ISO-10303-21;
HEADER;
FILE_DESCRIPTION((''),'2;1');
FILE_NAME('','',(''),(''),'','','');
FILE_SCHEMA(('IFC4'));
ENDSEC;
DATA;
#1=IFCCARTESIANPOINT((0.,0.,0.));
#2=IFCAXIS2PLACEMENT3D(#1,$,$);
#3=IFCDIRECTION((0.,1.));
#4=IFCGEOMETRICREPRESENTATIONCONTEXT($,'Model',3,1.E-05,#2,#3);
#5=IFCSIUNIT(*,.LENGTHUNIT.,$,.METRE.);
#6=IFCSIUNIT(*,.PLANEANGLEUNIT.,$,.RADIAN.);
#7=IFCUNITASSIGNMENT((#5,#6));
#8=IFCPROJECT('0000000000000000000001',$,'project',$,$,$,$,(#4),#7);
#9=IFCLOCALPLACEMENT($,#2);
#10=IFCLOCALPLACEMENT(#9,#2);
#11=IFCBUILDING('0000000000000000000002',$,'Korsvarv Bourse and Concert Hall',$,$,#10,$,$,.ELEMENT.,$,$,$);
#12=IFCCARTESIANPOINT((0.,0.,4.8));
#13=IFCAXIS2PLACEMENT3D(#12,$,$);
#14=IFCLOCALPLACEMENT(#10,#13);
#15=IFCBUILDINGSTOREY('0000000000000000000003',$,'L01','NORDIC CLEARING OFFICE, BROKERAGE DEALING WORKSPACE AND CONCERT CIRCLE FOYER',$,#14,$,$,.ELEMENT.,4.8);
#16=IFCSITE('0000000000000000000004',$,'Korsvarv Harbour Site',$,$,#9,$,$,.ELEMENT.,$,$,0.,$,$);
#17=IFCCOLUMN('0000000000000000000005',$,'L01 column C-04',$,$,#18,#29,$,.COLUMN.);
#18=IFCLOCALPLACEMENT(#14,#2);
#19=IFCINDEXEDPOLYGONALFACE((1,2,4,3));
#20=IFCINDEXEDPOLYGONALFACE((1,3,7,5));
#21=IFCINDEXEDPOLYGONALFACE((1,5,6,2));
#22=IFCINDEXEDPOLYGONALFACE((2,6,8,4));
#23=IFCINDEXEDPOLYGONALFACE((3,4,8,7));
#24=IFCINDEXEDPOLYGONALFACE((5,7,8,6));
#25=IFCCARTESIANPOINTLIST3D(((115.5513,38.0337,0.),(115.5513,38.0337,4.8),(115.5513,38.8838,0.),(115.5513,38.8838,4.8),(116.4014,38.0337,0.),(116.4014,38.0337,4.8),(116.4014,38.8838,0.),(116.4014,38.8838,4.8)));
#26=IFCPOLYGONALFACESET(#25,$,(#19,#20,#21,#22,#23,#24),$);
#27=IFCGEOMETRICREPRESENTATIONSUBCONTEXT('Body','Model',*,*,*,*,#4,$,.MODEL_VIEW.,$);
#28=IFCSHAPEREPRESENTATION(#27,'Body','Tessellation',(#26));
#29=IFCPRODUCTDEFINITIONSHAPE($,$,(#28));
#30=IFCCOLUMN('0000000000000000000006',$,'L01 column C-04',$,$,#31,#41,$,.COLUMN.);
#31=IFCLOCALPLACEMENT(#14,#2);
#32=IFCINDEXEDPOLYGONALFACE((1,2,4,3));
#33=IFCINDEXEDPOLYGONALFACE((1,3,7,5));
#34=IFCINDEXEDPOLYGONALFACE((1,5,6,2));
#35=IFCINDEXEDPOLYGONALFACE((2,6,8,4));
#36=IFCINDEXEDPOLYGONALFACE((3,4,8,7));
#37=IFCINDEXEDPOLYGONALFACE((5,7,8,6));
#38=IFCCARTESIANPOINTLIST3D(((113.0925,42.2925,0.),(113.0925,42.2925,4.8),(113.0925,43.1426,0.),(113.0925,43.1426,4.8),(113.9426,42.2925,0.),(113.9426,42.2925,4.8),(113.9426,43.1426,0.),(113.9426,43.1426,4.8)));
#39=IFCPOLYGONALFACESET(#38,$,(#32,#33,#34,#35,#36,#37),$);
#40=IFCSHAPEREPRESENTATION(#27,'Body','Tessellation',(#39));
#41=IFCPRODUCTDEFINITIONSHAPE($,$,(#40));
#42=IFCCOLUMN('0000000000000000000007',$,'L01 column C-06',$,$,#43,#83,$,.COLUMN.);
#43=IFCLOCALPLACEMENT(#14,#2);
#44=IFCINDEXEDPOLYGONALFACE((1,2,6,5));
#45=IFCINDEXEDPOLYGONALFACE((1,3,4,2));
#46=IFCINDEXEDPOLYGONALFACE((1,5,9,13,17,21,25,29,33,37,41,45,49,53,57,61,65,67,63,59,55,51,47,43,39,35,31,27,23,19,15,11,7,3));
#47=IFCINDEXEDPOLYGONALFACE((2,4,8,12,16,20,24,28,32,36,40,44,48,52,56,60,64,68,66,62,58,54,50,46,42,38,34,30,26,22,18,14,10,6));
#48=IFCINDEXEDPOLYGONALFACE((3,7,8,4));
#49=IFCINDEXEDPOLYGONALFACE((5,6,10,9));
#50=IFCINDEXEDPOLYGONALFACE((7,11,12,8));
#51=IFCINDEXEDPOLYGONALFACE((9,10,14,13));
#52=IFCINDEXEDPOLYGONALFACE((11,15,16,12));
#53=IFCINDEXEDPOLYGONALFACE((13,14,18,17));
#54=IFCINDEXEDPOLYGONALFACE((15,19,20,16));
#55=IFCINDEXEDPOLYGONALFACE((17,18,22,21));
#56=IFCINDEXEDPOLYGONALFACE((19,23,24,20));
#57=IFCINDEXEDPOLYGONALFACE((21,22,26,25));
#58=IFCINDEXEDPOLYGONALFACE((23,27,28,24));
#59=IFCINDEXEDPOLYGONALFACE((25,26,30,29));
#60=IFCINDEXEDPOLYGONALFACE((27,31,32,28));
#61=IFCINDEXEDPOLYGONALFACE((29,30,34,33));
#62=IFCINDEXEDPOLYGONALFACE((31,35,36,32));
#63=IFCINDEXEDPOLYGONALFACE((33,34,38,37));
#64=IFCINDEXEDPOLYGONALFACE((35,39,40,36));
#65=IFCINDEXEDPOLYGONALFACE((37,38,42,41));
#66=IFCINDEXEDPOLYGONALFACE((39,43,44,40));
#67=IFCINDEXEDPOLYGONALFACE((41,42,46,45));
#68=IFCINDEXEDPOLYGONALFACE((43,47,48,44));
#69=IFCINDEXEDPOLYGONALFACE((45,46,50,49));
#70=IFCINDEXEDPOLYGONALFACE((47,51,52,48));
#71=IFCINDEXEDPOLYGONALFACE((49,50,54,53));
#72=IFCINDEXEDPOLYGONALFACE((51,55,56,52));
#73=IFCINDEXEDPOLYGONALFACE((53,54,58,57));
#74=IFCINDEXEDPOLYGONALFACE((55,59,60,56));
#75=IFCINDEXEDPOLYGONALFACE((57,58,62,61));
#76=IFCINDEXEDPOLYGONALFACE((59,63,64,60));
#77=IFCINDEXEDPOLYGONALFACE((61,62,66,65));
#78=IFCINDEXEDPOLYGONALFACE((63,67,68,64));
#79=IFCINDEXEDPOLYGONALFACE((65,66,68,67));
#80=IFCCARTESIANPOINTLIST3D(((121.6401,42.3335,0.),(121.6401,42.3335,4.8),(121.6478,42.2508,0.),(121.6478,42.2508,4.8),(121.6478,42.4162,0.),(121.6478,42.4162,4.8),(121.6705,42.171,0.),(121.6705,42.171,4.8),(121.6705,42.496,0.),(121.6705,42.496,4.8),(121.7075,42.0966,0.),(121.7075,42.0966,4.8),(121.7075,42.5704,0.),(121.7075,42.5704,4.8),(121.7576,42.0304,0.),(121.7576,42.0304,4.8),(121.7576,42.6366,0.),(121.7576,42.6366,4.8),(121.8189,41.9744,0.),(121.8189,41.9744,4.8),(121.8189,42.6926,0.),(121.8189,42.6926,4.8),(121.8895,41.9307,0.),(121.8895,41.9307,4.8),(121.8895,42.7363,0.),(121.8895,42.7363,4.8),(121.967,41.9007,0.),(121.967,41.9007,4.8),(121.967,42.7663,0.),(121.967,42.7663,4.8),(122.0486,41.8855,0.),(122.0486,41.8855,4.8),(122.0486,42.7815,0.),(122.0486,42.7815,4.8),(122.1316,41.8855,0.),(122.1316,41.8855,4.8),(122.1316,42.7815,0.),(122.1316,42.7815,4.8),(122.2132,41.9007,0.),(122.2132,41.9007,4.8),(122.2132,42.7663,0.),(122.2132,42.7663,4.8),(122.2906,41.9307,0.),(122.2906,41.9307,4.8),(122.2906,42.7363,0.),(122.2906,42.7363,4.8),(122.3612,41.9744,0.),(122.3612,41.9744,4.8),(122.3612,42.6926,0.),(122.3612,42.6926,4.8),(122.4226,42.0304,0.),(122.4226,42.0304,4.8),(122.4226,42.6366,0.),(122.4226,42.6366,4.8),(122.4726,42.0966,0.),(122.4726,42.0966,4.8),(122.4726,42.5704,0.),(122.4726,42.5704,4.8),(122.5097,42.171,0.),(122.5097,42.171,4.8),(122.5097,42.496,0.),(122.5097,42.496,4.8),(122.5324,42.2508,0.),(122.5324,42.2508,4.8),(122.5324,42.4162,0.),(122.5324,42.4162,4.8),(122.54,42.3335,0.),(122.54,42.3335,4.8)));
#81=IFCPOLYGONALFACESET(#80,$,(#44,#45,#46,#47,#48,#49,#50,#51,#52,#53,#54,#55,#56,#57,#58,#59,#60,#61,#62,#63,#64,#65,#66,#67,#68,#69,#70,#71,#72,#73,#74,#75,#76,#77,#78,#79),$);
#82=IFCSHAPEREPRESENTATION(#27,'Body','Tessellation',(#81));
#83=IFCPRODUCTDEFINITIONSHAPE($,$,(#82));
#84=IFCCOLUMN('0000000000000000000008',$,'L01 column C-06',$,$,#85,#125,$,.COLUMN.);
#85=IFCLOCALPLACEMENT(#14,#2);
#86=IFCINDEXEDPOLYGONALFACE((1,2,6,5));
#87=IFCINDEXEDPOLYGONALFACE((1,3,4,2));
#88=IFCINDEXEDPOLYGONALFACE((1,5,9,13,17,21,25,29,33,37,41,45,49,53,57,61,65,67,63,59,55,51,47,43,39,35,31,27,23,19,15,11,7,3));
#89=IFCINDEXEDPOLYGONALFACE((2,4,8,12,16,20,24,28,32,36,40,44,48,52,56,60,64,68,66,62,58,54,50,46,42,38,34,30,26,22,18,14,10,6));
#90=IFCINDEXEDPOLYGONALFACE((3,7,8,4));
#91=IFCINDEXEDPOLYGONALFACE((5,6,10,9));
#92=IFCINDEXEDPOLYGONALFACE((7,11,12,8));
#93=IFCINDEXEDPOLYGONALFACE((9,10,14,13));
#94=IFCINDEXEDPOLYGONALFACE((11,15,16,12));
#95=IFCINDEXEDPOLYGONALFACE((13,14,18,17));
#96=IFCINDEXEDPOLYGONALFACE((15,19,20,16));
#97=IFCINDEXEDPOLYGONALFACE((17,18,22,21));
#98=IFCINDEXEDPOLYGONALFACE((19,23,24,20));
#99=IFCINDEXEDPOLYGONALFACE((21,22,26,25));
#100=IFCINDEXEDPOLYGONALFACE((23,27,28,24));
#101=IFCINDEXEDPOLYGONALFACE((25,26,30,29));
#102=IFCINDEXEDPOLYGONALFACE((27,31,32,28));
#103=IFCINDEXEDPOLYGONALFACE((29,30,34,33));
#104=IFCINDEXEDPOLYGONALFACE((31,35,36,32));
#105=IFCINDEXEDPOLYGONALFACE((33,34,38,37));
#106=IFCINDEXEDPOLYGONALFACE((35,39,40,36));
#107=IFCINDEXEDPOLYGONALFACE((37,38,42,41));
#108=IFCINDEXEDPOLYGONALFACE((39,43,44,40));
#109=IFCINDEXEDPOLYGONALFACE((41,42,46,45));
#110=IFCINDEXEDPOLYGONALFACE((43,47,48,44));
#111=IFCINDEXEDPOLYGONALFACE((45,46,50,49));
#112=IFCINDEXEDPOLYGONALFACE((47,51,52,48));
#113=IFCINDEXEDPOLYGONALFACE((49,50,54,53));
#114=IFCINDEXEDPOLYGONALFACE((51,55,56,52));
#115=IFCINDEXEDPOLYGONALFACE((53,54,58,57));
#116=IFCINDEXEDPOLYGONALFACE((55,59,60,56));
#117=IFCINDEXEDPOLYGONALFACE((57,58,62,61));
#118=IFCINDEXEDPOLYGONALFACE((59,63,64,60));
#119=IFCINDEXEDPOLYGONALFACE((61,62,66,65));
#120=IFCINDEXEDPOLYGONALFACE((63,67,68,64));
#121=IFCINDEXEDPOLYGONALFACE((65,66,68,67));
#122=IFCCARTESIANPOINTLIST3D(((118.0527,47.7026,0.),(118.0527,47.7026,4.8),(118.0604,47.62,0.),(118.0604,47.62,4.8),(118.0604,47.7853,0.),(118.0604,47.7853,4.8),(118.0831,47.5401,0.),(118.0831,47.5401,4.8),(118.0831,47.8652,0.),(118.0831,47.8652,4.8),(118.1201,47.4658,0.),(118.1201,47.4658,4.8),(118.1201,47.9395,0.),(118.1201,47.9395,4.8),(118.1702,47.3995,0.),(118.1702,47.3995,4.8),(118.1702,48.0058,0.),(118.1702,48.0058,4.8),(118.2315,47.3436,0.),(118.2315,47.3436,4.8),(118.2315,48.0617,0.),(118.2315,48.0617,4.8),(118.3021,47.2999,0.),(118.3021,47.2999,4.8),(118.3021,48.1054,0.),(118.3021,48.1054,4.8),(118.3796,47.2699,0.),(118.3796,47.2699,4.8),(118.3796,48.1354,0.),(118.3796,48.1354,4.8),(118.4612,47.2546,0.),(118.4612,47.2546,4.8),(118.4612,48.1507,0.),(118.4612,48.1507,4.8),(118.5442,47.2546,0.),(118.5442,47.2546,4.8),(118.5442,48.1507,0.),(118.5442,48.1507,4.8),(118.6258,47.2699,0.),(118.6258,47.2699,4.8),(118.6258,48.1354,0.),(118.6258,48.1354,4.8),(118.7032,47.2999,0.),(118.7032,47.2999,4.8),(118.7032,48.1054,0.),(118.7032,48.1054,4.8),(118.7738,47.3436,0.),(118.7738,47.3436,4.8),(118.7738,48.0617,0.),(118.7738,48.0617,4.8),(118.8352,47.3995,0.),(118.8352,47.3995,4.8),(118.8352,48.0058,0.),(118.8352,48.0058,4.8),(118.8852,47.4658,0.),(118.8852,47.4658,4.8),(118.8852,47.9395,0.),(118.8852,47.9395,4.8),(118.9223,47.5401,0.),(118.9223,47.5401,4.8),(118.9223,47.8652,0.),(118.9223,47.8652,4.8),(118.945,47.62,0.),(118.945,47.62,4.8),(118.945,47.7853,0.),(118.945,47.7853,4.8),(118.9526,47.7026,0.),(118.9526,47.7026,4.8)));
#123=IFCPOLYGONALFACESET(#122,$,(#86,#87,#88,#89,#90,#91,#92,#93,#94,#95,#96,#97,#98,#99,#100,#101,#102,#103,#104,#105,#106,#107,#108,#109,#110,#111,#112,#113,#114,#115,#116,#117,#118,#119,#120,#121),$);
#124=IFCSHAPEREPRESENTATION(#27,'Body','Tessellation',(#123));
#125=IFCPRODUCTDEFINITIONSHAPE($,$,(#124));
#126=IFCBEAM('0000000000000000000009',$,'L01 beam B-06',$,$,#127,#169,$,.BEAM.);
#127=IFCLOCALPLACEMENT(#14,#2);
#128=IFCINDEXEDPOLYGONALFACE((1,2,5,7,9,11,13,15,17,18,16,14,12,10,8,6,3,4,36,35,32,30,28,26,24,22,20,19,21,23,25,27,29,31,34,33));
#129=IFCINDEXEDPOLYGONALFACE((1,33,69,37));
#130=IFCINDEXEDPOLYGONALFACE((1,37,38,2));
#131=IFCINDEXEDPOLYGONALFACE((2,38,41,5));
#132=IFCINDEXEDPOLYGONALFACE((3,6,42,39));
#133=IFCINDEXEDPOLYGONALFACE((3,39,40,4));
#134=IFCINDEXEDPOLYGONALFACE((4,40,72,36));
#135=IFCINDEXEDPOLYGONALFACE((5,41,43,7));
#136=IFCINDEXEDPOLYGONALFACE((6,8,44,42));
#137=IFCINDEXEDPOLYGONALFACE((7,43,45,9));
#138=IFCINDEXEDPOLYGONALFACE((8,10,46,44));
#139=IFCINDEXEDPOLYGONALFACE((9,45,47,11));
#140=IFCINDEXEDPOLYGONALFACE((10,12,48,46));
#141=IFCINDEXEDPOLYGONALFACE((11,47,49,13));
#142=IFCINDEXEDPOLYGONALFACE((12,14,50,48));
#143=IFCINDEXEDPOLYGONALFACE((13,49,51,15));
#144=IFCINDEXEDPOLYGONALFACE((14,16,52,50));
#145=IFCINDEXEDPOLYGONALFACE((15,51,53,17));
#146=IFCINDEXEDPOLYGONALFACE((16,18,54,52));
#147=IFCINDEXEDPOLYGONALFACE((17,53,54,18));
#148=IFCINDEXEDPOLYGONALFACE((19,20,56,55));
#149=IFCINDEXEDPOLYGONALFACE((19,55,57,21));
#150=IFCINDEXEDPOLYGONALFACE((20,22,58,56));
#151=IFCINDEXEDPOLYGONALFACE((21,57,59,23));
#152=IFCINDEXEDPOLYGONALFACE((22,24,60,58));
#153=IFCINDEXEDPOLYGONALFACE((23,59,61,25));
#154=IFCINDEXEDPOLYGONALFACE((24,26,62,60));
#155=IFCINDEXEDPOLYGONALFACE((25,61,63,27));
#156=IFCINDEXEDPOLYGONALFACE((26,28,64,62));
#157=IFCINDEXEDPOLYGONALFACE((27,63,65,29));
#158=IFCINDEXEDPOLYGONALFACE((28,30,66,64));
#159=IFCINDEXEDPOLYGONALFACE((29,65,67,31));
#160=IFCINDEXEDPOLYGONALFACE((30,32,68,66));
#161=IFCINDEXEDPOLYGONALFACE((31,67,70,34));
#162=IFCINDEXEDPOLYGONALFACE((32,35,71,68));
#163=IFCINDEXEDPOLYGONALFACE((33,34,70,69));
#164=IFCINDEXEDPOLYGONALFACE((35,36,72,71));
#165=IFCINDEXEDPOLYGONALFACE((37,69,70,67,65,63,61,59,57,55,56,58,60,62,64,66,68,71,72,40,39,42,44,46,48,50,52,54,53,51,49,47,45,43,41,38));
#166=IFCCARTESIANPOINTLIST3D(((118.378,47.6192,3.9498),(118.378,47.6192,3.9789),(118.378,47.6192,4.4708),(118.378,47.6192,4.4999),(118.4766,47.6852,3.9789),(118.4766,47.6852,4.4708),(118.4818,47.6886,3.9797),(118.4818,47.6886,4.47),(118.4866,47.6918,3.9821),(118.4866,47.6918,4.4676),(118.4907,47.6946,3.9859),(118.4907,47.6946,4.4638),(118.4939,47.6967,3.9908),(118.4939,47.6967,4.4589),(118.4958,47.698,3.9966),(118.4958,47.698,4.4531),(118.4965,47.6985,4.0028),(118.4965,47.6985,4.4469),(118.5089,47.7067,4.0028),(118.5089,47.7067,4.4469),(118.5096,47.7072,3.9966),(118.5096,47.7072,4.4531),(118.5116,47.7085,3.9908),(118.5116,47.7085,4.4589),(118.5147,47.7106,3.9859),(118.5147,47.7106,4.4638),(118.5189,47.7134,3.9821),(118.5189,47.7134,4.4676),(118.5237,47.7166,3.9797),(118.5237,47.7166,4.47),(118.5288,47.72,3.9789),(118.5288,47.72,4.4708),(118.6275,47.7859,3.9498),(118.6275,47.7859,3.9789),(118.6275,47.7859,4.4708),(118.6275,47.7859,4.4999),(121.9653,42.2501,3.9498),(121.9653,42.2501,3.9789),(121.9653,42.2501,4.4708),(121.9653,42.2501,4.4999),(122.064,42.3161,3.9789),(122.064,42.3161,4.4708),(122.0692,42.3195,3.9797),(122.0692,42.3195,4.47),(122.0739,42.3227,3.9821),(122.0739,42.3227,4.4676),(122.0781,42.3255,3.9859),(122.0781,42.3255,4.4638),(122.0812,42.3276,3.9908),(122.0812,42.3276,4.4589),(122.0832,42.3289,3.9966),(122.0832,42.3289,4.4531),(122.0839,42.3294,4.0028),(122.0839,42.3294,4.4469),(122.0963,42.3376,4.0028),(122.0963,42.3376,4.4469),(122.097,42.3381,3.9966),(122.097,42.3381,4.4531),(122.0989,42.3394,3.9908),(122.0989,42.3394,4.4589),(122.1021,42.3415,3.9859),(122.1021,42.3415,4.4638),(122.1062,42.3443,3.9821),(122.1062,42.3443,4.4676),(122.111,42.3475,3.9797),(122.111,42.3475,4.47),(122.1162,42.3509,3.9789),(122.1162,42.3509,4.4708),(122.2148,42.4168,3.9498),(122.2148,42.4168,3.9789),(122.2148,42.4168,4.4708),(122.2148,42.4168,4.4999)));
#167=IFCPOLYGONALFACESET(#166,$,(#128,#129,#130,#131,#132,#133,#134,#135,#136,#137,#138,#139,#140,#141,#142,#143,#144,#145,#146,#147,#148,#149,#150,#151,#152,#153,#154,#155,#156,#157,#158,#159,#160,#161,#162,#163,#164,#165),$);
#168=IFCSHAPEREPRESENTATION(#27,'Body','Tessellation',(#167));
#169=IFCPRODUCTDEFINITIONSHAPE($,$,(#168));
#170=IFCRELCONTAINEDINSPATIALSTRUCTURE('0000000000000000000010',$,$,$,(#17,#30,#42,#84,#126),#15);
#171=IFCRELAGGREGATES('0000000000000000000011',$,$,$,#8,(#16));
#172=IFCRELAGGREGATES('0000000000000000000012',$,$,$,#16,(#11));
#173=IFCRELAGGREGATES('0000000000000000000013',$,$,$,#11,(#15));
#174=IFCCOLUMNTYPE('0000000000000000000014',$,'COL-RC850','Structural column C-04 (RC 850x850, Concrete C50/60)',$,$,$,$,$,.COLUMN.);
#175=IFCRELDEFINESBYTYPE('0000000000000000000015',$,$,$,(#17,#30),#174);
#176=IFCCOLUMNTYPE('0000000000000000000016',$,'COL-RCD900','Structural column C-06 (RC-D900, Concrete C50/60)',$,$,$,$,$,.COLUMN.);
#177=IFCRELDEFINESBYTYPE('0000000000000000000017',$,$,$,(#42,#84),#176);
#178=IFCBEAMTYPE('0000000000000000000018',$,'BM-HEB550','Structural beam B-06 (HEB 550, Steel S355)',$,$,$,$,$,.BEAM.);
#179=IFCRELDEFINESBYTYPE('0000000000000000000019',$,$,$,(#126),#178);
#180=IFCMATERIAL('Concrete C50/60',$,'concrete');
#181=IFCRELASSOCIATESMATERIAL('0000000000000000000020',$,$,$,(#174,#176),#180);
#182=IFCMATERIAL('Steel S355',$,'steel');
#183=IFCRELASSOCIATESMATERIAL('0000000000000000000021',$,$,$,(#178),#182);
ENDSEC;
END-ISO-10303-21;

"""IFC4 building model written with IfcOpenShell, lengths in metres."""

from ifc_helpers import new_model, si_unit, direction, frame, origin, origin_2d, place, context, subcontext, project, spatial, rectangle, circle, i_section, extrude, source, transform, mapped, material, material_profile, profile_set, type_object, element, save


model = new_model("IFC4")

# Units and contexts
model_context = context("Model", 3, precision=1e-05, world=origin(), true_north=direction((0.0, 1.0)))
body_context = subcontext(model_context, "Body", "Model", "MODEL_VIEW")
ifc_project = project(units=[si_unit("LENGTHUNIT", "METRE"), si_unit("PLANEANGLEUNIT", "RADIAN")], contexts=[model_context])

# Site, building, storey
site_placement = place(None, origin())
site = spatial("IfcSite", under=ifc_project, at=site_placement, Name="Korsvarv Harbour Site", CompositionType="ELEMENT", RefElevation=0.0)
building_placement = place(site_placement, origin())
building = spatial("IfcBuilding", under=site, at=building_placement, Name="Korsvarv Bourse and Concert Hall", CompositionType="ELEMENT")
storey_placement = place(building_placement, frame((0.0, 0.0, 4.8)))
storey = spatial("IfcBuildingStorey", under=building, at=storey_placement, Name="L01", Description="NORDIC CLEARING OFFICE, BROKERAGE DEALING WORKSPACE AND CONCERT CIRCLE FOYER", CompositionType="ELEMENT", Elevation=4.8)

# Columns
ifc_material_1 = material(Name="Concrete C50/60", Category="concrete")
ifc_material_profile_1 = material_profile(ifc_material_1, rectangle(XDim=0.8501, YDim=0.8501, at=origin_2d()), Name="RC 850x850")
ifc_profile_set_1 = profile_set([ifc_material_profile_1], Name="Concrete C50/60")
column_type_1 = type_object("IfcColumnType", Name="COL-RC850", Description="Structural column C-04 (RC 850x850, Concrete C50/60)", PredefinedType="COLUMN", material=ifc_profile_set_1)
shared_shape_1 = source(origin(), body_context, "Body", "SweptSolid", [
    extrude(rectangle(XDim=0.8501, YDim=0.8501, at=origin_2d()), origin(), (0.0, 0.0, 1.0), 4.8),
])
for number, where, z_axis, x_axis, name in (
    (1, (115.9763, 38.4587, 0.0), (0.0, 0.0, 1.0), (1.0, 0.0, 0.0), "L01 column C-04"),
    (2, (113.5176, 42.7175, 0.0), (0.0, 0.0, 1.0), (1.0, 0.0, 0.0), "L01 column C-04"),
):
    element("IfcColumn", number, at=place(storey_placement, frame(where, z_axis=z_axis, x_axis=x_axis)), inside=storey, type_object=column_type_1, Name=name, PredefinedType="COLUMN", context=body_context, shape_type="MappedRepresentation", body=[
        mapped(shared_shape_1, transform((0.0, 0.0, 0.0), scale=1.0)),
    ])
ifc_material_profile_2 = material_profile(ifc_material_1, circle(Radius=0.45, at=origin_2d()), Name="RC-D900")
ifc_profile_set_2 = profile_set([ifc_material_profile_2], Name="Concrete C50/60")
column_type_2 = type_object("IfcColumnType", Name="COL-RCD900", Description="Structural column C-06 (RC-D900, Concrete C50/60)", PredefinedType="COLUMN", material=ifc_profile_set_2)
shared_shape_2 = source(origin(), body_context, "Body", "SweptSolid", [
    extrude(circle(Radius=0.45, at=origin_2d()), origin(), (0.0, 0.0, 1.0), 4.8),
])
for number, where, z_axis, x_axis, name in (
    (3, (122.0901, 42.3335, 0.0), (0.0, 0.0, 1.0), (1.0, 0.0, 0.0), "L01 column C-06"),
    (4, (118.5027, 47.7026, 0.0), (0.0, 0.0, 1.0), (1.0, 0.0, 0.0), "L01 column C-06"),
):
    element("IfcColumn", number, at=place(storey_placement, frame(where, z_axis=z_axis, x_axis=x_axis)), inside=storey, type_object=column_type_2, Name=name, PredefinedType="COLUMN", context=body_context, shape_type="MappedRepresentation", body=[
        mapped(shared_shape_2, transform((0.0, 0.0, 0.0), scale=1.0)),
    ])

# Beam
ifc_material_2 = material(Name="Steel S355", Category="steel")
ifc_material_profile_3 = material_profile(ifc_material_2, i_section(OverallWidth=0.3, OverallDepth=0.55, WebThickness=0.0149, FlangeThickness=0.0291, FilletRadius=0.0239, at=origin_2d()), Name="HEB 550")
ifc_profile_set_3 = profile_set([ifc_material_profile_3], Name="Steel S355")
beam_type_1 = type_object("IfcBeamType", Name="BM-HEB550", Description="Structural beam B-06 (HEB 550, Steel S355)", PredefinedType="BEAM", material=ifc_profile_set_3)
shared_shape_3 = source(origin(), body_context, "Body", "SweptSolid", [
    extrude(i_section(OverallWidth=0.3, OverallDepth=0.55, WebThickness=0.0149, FlangeThickness=0.0291, FilletRadius=0.0239, at=origin_2d()), origin(), (0.0, 0.0, 1.0), 6.4573),
])
beam_1_placement = place(storey_placement, frame((122.0901, 42.3335, 4.2249), z_axis=(-0.555555, 0.83148, 0.0), x_axis=(-0.83148, -0.555555, 0.0)))
element("IfcBeam", 5, at=beam_1_placement, inside=storey, type_object=beam_type_1, Name="L01 beam B-06", PredefinedType="BEAM", context=body_context, shape_type="MappedRepresentation", body=[
    mapped(shared_shape_3, transform((0.0, 0.0, 0.0), scale=1.0)),
])

save(model, "model.ifc")
